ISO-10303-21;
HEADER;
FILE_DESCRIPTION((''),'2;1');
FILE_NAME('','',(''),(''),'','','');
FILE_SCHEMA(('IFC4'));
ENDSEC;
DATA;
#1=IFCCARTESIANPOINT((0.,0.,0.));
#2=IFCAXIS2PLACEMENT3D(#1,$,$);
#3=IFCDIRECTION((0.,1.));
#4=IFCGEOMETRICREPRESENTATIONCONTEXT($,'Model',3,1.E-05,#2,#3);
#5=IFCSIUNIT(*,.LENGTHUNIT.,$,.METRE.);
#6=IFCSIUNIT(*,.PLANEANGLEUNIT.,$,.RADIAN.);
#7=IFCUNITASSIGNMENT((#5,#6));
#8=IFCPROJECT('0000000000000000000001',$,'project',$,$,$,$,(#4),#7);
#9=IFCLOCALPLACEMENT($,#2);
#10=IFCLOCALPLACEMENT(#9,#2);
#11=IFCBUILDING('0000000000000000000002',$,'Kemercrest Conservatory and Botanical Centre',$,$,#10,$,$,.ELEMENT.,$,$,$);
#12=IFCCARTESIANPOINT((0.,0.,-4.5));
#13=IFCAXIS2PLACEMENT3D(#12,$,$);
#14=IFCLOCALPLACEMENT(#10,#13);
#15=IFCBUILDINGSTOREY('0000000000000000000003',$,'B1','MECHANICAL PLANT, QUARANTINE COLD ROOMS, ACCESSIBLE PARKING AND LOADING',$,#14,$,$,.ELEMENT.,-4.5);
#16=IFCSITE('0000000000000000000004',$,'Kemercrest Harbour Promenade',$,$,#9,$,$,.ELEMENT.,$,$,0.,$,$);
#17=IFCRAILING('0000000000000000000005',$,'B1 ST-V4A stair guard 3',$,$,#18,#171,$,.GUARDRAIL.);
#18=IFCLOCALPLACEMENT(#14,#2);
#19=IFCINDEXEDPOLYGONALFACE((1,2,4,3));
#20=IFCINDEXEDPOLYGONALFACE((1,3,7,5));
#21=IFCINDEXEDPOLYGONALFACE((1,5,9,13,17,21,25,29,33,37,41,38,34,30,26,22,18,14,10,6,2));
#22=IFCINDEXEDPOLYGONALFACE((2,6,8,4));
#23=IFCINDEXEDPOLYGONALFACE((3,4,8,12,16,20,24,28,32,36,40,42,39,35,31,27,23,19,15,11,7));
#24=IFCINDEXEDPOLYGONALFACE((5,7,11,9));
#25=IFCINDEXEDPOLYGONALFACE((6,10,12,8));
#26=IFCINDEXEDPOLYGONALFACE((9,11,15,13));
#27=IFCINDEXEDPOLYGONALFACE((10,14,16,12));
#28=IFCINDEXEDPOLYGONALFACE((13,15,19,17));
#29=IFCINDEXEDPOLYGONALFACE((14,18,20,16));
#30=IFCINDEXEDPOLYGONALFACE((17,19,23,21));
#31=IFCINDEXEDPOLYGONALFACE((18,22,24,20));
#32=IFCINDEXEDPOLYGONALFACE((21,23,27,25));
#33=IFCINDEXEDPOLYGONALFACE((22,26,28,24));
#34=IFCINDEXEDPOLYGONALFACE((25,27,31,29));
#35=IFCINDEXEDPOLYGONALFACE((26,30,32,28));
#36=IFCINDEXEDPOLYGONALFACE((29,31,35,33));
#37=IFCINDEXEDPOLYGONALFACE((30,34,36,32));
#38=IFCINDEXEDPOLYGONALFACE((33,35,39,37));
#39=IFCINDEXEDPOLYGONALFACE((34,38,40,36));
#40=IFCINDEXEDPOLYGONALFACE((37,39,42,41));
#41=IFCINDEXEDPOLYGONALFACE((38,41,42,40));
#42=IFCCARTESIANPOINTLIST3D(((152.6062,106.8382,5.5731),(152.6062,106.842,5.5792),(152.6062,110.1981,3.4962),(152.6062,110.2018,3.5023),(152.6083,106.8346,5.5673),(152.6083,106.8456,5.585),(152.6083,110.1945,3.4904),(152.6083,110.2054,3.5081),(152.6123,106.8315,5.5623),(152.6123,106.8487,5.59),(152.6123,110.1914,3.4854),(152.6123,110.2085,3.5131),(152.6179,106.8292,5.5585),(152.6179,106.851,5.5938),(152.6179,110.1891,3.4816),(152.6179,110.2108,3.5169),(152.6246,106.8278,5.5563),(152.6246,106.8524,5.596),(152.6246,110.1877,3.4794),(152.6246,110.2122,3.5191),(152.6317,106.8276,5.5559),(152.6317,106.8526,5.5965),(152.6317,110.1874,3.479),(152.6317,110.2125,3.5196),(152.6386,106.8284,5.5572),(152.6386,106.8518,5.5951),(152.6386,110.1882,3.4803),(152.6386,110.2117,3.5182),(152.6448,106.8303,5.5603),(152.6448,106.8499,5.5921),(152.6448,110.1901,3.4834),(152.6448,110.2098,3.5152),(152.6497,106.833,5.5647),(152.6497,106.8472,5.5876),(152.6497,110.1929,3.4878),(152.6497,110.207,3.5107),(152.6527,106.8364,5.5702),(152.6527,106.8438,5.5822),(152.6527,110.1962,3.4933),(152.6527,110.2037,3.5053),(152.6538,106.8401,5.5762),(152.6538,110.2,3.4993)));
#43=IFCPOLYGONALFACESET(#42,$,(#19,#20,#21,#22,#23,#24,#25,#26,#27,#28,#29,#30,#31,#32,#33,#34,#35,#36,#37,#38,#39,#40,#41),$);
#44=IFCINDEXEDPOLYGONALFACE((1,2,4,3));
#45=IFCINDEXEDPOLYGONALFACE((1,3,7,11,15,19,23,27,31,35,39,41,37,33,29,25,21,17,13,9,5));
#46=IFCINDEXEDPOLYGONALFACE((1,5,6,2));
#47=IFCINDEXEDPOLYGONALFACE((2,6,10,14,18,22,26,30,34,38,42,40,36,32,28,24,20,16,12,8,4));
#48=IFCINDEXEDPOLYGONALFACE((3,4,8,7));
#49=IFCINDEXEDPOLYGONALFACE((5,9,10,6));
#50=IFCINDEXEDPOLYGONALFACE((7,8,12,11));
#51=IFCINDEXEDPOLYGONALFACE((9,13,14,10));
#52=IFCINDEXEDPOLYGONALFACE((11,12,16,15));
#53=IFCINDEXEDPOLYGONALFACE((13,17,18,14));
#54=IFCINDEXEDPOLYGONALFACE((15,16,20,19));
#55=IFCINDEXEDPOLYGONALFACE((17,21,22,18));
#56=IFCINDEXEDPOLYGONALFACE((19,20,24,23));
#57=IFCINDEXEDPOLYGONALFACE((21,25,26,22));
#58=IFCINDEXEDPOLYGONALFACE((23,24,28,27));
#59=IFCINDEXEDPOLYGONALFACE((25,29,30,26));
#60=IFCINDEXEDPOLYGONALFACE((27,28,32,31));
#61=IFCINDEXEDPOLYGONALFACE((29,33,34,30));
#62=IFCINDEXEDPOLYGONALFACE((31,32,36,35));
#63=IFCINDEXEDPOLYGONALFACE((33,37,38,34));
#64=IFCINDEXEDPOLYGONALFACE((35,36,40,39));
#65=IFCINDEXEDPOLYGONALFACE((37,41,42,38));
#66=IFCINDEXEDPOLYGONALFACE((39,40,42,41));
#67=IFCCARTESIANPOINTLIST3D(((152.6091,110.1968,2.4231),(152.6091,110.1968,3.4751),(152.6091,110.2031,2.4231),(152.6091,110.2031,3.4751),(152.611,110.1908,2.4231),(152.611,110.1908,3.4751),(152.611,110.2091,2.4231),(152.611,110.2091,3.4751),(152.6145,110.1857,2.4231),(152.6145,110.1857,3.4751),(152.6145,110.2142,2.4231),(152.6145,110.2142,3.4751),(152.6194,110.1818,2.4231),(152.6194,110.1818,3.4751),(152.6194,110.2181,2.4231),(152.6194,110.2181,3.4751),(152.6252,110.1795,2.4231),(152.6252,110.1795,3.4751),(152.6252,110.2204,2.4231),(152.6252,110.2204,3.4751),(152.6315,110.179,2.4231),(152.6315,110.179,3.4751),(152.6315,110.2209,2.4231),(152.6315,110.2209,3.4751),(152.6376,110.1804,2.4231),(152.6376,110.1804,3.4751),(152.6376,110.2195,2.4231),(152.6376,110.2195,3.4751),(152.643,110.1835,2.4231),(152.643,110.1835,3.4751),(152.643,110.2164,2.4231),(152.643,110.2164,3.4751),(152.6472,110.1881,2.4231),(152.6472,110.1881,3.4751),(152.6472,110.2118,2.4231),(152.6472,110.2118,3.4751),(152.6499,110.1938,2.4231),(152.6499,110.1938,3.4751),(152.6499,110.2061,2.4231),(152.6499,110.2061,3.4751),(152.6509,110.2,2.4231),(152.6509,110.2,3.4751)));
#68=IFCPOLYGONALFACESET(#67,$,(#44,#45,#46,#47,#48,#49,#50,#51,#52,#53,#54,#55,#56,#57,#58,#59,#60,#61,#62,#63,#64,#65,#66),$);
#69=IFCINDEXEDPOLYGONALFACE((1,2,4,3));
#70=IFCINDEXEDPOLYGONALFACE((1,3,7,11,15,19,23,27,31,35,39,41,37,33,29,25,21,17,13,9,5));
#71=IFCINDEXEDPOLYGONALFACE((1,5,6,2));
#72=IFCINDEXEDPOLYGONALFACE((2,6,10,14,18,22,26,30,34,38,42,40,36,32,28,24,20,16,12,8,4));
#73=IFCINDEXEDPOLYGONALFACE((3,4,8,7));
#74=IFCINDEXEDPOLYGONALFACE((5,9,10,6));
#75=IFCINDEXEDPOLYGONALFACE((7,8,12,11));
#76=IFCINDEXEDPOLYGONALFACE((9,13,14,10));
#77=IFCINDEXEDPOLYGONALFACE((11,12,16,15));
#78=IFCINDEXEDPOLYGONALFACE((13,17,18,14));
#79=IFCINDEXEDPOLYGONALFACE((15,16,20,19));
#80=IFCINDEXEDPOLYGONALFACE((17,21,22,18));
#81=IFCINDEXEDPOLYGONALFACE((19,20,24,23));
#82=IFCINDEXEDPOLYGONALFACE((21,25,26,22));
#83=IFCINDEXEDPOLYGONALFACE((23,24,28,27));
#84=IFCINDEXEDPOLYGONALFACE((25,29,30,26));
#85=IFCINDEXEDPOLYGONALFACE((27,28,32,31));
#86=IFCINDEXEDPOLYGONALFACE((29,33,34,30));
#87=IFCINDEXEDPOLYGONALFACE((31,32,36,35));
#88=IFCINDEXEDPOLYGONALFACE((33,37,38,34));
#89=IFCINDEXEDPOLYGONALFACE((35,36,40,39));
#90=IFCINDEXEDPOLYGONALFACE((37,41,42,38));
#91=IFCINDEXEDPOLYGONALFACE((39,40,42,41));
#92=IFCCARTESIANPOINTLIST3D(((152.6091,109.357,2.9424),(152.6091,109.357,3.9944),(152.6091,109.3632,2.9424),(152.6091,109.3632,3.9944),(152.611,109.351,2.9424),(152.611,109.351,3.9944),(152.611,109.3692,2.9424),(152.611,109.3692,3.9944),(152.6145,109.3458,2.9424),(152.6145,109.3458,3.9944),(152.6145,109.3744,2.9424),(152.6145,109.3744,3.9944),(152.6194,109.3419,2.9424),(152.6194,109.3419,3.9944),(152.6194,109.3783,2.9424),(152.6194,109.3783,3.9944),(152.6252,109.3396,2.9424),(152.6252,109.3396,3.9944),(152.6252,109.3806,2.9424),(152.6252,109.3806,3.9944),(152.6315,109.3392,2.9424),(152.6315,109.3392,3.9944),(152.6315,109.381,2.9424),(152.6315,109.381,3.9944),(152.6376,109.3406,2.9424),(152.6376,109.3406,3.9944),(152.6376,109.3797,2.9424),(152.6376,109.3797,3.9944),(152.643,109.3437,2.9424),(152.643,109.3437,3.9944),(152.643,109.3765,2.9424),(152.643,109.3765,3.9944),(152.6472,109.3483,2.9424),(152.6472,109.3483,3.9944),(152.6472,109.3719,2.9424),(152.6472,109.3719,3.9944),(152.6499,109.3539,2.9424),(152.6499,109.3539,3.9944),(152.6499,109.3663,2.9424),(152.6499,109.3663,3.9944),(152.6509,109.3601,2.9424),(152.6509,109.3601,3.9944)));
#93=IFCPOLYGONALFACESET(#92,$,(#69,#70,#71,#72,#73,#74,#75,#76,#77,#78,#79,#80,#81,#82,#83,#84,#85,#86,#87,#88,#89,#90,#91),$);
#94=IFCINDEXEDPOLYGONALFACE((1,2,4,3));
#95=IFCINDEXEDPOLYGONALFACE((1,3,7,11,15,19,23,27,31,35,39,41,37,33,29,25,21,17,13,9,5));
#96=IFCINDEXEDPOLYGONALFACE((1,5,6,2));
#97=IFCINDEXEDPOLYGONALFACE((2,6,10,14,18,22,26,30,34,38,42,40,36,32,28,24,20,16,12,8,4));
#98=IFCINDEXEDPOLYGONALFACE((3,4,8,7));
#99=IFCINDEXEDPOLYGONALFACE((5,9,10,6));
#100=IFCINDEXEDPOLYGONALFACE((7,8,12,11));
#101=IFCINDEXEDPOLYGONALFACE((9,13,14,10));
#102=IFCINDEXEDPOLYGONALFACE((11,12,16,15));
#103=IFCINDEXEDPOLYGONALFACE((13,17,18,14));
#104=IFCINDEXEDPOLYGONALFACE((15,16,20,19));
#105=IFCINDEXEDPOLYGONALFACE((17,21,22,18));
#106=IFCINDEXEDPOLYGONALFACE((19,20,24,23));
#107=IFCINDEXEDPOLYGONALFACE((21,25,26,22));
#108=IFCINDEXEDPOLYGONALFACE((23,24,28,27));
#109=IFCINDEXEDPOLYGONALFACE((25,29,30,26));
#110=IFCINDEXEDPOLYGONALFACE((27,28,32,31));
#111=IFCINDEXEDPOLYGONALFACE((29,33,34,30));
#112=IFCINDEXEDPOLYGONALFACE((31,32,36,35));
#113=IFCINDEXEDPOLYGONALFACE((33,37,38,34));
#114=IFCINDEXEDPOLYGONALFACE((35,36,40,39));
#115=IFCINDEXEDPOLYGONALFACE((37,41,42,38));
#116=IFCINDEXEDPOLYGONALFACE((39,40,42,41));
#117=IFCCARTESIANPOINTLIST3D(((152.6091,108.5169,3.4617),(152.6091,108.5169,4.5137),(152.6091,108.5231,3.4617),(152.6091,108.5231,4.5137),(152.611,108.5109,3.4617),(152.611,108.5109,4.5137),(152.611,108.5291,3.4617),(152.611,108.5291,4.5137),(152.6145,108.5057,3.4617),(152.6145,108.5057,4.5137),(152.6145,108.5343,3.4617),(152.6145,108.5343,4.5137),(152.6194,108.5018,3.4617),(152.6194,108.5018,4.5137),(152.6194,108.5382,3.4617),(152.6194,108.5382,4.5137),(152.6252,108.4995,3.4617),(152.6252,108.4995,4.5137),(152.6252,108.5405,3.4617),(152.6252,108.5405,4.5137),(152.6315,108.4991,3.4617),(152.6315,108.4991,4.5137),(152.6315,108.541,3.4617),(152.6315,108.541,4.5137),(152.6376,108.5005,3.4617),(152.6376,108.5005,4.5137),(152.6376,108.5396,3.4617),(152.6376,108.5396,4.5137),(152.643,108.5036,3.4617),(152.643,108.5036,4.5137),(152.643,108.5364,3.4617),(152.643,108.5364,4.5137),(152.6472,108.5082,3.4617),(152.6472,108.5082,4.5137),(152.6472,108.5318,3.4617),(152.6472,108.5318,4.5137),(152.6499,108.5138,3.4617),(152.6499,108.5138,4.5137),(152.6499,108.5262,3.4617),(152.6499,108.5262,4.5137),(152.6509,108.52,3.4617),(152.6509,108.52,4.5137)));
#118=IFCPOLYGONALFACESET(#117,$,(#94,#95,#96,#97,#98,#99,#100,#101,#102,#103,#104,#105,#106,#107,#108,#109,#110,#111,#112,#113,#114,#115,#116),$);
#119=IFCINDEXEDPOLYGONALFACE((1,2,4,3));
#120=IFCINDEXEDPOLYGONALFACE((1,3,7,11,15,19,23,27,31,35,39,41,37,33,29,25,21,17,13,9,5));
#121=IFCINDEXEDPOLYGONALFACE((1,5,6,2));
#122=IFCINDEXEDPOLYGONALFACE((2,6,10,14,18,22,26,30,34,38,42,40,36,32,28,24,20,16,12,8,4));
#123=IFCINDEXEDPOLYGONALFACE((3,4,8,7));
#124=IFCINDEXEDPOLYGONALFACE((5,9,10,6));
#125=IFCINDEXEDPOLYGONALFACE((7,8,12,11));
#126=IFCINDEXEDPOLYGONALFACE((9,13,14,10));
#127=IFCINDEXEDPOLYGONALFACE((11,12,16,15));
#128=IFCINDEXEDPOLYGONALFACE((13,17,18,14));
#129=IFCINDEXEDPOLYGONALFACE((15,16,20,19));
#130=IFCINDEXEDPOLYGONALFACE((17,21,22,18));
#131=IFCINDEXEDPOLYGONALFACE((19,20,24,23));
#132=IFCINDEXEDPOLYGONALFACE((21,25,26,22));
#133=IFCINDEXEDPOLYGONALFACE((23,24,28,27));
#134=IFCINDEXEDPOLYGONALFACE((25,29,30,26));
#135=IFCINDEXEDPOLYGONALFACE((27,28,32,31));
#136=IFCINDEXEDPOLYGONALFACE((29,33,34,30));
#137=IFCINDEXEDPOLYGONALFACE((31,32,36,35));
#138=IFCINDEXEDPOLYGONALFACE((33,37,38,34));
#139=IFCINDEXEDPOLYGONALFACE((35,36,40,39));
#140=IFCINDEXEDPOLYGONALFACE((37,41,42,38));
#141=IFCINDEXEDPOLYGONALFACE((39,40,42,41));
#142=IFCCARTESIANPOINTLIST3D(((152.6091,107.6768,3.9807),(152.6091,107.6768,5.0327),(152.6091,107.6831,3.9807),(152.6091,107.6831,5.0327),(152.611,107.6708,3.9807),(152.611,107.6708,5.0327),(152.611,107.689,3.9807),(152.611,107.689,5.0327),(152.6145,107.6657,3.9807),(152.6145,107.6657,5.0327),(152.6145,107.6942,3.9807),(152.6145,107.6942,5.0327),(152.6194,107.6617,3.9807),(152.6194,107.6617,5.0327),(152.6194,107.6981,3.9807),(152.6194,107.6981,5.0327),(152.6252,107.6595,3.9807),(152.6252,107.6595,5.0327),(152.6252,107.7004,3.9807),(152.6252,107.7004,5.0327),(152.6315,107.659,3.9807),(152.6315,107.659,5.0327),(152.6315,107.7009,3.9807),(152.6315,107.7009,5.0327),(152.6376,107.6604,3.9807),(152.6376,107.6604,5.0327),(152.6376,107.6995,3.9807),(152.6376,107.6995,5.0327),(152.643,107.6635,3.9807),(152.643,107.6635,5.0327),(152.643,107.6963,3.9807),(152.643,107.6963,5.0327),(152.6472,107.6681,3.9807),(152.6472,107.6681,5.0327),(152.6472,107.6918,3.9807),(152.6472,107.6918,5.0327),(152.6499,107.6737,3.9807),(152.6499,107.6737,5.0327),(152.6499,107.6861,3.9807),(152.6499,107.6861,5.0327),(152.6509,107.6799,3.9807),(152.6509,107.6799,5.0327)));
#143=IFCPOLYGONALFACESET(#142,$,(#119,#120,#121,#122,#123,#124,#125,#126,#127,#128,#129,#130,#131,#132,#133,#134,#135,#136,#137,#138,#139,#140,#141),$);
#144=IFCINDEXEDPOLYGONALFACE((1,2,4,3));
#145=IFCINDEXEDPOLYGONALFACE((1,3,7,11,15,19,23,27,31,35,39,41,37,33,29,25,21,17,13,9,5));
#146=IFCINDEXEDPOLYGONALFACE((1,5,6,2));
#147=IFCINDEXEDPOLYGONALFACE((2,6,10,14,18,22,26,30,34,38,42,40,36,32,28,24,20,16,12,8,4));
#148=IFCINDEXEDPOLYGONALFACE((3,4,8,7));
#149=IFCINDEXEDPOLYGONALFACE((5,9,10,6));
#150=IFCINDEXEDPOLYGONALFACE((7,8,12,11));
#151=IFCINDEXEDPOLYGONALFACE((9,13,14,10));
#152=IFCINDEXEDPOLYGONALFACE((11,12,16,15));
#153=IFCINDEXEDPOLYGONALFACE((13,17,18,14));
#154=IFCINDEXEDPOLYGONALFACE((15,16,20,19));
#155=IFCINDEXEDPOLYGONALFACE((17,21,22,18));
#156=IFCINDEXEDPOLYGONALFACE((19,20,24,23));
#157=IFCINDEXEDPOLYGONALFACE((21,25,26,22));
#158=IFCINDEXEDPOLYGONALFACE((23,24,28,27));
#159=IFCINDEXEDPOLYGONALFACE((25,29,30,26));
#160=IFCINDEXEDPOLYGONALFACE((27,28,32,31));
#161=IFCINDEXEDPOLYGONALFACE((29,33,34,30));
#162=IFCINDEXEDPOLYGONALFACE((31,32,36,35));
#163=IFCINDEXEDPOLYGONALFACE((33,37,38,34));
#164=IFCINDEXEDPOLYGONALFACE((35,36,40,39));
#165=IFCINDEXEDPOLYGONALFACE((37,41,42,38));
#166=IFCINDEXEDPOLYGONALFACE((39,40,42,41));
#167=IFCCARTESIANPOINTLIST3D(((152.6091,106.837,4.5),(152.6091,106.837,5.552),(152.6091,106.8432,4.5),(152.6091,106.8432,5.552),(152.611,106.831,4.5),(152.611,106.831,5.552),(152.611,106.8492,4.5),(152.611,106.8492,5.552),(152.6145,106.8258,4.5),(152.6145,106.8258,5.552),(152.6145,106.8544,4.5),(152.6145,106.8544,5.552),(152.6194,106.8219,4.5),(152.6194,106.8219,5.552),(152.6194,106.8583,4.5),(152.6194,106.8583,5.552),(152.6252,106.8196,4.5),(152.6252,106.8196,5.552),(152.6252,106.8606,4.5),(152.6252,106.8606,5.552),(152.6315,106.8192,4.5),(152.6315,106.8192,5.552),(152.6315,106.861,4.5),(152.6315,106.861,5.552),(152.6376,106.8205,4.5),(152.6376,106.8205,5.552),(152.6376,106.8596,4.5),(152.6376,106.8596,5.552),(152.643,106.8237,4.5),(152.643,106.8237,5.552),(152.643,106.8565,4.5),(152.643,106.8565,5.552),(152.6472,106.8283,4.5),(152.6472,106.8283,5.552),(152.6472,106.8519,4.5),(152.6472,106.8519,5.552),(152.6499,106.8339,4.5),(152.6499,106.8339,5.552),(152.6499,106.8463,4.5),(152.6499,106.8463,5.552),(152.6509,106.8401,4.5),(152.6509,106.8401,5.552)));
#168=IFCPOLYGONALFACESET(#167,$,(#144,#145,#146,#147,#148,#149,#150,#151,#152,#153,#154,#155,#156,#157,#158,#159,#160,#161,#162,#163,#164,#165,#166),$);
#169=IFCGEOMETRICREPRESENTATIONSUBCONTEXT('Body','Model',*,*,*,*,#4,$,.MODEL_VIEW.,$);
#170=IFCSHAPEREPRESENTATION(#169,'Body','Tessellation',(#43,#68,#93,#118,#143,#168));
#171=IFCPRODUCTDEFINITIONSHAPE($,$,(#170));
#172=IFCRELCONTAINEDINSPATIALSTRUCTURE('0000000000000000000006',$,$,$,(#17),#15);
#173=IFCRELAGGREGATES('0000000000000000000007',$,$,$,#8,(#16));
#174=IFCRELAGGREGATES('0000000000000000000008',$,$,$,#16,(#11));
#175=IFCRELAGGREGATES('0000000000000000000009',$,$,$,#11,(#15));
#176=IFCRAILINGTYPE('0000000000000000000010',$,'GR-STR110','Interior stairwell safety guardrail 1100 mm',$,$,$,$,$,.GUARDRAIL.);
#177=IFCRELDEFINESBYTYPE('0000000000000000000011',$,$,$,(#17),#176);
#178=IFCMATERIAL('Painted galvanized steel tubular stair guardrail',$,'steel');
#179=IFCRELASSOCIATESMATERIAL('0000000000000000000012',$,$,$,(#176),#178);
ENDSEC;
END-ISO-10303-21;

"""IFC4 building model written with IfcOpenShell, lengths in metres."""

from ifc_helpers import new_model, si_unit, direction, frame, origin, origin_2d, place, context, subcontext, project, spatial, circle, extrude, material, type_object, element, save


model = new_model("IFC4")

# Units and contexts
model_context = context("Model", 3, precision=1e-05, world=origin(), true_north=direction((0.0, 1.0)))
body_context = subcontext(model_context, "Body", "Model", "MODEL_VIEW")
ifc_project = project(units=[si_unit("LENGTHUNIT", "METRE"), si_unit("PLANEANGLEUNIT", "RADIAN")], contexts=[model_context])

# Site, building, storey
site_placement = place(None, origin())
site = spatial("IfcSite", under=ifc_project, at=site_placement, Name="Kemercrest Harbour Promenade", CompositionType="ELEMENT", RefElevation=0.0)
building_placement = place(site_placement, origin())
building = spatial("IfcBuilding", under=site, at=building_placement, Name="Kemercrest Conservatory and Botanical Centre", CompositionType="ELEMENT")
storey_placement = place(building_placement, frame((0.0, 0.0, -4.5)))
storey = spatial("IfcBuildingStorey", under=building, at=storey_placement, Name="B1", Description="MECHANICAL PLANT, QUARANTINE COLD ROOMS, ACCESSIBLE PARKING AND LOADING", CompositionType="ELEMENT", Elevation=-4.5)

# Railing
ifc_material_1 = material(Name="Painted galvanized steel tubular stair guardrail", Category="steel")
railing_type_1 = type_object("IfcRailingType", Name="GR-STR110", Description="Interior stairwell safety guardrail 1100 mm", PredefinedType="GUARDRAIL", material=ifc_material_1)
railing_1_placement = place(storey_placement, frame((152.6299, 110.2, 2.4231)))
element("IfcRailing", 1, at=railing_1_placement, inside=storey, type_object=railing_type_1, Name="B1 ST-V4A stair guard 3", PredefinedType="GUARDRAIL", context=body_context, shape_type="SweptSolid", body=[
    extrude(circle(Radius=0.0239, at=origin_2d()), frame((0.0, 0.0, 1.0762), z_axis=(0.0, -0.850606, 0.525803), x_axis=(1.0, 0.0, 0.0)), (0.0, 0.0, 1.0), 3.95),
    extrude(circle(Radius=0.021, at=origin_2d()), origin(), (0.0, 0.0, 1.0), 1.052),
    extrude(circle(Radius=0.021, at=origin_2d()), frame((0.0, -0.8398, 0.5193)), (0.0, 0.0, 1.0), 1.052),
    extrude(circle(Radius=0.021, at=origin_2d()), frame((0.0, -1.6799, 1.0386)), (0.0, 0.0, 1.0), 1.052),
    extrude(circle(Radius=0.021, at=origin_2d()), frame((0.0, -2.52, 1.5576)), (0.0, 0.0, 1.0), 1.052),
    extrude(circle(Radius=0.021, at=origin_2d()), frame((0.0, -3.3599, 2.0769)), (0.0, 0.0, 1.0), 1.052),
])

save(model, "model.ifc")
